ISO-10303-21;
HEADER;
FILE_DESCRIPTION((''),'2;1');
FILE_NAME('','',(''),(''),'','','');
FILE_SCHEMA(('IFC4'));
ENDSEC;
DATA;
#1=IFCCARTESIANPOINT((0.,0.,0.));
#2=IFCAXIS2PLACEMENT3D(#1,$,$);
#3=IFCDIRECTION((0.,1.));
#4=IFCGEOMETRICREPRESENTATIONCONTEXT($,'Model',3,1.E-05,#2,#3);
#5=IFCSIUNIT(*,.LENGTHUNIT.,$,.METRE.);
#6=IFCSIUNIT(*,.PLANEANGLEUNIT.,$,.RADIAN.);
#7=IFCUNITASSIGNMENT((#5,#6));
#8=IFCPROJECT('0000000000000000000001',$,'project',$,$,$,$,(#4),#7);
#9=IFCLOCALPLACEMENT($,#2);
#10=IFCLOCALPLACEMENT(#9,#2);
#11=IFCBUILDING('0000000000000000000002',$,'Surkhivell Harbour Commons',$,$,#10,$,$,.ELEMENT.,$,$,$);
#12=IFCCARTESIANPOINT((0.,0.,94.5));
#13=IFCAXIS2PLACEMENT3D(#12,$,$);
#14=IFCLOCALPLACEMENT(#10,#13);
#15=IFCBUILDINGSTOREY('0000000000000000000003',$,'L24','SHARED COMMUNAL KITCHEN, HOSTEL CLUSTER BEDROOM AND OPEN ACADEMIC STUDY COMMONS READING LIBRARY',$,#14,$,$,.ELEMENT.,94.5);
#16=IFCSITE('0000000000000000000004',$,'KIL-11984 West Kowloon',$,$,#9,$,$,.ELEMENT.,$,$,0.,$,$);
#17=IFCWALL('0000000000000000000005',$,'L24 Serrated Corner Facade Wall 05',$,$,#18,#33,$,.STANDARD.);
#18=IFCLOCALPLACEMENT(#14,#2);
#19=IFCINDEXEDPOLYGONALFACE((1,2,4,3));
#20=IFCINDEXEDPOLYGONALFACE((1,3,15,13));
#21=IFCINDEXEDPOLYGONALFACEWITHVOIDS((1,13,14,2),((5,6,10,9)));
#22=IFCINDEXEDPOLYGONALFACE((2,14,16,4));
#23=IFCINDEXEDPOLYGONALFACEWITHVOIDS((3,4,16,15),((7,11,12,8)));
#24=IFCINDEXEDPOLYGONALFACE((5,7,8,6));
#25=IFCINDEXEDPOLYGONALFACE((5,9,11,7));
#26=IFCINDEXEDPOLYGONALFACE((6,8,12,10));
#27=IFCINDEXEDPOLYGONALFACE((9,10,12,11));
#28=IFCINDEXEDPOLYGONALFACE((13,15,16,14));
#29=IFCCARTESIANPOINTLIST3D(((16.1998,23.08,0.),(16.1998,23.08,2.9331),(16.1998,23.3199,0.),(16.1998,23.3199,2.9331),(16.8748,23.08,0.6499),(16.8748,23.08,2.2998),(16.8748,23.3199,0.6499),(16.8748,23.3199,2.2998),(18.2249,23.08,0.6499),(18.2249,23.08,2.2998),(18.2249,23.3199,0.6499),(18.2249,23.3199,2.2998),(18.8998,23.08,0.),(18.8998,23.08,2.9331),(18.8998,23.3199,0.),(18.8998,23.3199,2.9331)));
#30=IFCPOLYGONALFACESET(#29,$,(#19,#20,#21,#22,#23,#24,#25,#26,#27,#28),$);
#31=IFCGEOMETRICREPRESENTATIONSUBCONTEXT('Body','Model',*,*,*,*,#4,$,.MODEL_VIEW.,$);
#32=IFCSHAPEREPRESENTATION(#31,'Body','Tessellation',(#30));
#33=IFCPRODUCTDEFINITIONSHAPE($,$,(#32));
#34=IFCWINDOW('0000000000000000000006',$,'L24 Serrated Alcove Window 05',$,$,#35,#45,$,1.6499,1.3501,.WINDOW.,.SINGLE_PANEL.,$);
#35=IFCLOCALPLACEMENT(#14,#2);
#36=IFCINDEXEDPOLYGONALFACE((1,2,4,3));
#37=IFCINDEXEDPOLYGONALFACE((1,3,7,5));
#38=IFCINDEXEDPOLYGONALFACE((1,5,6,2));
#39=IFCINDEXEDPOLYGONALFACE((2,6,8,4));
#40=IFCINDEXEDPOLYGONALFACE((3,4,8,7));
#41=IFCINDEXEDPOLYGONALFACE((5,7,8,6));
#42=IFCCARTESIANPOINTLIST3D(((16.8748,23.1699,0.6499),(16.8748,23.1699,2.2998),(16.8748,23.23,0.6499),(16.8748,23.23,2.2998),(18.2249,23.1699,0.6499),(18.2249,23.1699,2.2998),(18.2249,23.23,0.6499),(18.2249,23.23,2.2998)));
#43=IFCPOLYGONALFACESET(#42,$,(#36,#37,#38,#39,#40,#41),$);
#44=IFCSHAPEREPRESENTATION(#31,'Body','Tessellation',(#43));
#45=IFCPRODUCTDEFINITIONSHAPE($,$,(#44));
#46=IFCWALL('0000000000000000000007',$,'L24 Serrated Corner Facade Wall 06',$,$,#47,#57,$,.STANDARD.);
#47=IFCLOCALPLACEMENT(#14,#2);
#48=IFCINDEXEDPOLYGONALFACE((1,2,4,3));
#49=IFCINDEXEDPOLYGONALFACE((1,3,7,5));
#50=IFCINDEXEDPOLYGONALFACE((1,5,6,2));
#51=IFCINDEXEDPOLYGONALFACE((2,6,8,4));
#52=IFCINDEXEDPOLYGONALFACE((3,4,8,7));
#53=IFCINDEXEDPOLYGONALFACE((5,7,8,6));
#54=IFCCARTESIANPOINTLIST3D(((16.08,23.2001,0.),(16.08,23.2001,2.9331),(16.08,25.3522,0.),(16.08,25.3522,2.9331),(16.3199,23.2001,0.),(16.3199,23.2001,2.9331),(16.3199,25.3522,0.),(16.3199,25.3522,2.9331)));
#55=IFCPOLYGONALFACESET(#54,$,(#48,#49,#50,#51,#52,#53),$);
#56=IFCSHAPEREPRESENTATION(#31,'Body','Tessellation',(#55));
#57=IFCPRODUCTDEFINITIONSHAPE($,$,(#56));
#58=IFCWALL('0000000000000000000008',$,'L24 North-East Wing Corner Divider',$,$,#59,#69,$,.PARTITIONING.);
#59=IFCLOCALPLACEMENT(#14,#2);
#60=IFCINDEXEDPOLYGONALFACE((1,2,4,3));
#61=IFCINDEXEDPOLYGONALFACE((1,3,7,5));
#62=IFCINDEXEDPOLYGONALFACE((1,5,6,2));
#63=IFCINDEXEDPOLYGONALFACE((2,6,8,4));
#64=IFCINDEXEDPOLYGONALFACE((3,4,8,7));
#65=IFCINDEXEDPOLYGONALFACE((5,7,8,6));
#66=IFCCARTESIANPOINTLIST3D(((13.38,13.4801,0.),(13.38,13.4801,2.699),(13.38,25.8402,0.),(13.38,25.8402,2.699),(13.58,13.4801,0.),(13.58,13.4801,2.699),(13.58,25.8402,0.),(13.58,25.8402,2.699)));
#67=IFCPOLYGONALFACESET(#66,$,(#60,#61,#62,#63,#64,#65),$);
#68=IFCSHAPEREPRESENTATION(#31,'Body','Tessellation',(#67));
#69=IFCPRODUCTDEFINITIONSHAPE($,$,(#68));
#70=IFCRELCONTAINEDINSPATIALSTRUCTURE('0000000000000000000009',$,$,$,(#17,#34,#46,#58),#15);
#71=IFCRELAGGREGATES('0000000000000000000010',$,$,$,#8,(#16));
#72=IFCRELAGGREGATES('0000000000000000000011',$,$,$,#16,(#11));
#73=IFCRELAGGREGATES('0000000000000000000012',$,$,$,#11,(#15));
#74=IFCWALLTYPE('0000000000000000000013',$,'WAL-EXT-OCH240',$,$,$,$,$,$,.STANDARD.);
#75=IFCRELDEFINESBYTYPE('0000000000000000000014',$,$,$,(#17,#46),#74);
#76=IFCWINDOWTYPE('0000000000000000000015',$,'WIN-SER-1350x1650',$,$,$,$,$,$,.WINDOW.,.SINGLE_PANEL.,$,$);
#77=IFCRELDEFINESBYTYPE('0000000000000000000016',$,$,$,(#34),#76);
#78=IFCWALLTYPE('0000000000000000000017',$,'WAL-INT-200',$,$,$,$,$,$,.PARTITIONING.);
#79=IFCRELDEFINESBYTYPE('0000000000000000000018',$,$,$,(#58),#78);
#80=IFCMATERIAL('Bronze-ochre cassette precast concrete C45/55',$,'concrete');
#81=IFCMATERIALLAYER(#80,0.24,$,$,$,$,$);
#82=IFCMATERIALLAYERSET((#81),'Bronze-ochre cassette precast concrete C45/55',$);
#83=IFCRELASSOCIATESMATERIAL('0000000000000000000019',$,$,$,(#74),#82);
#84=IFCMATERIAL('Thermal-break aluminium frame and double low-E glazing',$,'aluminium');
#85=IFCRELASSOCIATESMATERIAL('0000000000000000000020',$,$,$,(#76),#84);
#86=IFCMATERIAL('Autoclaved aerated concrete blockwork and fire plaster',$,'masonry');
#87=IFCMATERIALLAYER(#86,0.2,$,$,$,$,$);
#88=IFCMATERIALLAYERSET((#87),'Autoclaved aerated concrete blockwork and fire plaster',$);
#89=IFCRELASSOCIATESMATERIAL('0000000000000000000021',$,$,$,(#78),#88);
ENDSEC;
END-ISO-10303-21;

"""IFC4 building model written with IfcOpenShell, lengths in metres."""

from ifc_helpers import new_model, si_unit, direction, frame, frame_2d, origin, place, context, subcontext, project, spatial, rectangle, extrude, material, layer, layer_set, type_object, element, fill, save


model = new_model("IFC4")

# Units and contexts
model_context = context("Model", 3, precision=1e-05, world=origin(), true_north=direction((0.0, 1.0)))
body_context = subcontext(model_context, "Body", "Model", "MODEL_VIEW")
ifc_project = project(units=[si_unit("LENGTHUNIT", "METRE"), si_unit("PLANEANGLEUNIT", "RADIAN")], contexts=[model_context])

# Site, building, storey
site_placement = place(None, origin())
site = spatial("IfcSite", under=ifc_project, at=site_placement, Name="KIL-11984 West Kowloon", CompositionType="ELEMENT", RefElevation=0.0)
building_placement = place(site_placement, origin())
building = spatial("IfcBuilding", under=site, at=building_placement, Name="Surkhivell Harbour Commons", CompositionType="ELEMENT")
storey_placement = place(building_placement, frame((0.0, 0.0, 94.5)))
storey = spatial("IfcBuildingStorey", under=building, at=storey_placement, Name="L24", Description="SHARED COMMUNAL KITCHEN, HOSTEL CLUSTER BEDROOM AND OPEN ACADEMIC STUDY COMMONS READING LIBRARY", CompositionType="ELEMENT", Elevation=94.5)

# Shared definitions
ifc_material_1 = material(Name="Bronze-ochre cassette precast concrete C45/55", Category="concrete")
ifc_layer_1 = layer(ifc_material_1, 0.24)
ifc_layer_set_1 = layer_set([ifc_layer_1], Name="Bronze-ochre cassette precast concrete C45/55")
wall_type_1 = type_object("IfcWallType", Name="WAL-EXT-OCH240", PredefinedType="STANDARD", material=ifc_layer_set_1)

# Wall, opening, window
wall_1_placement = place(storey_placement, frame((18.8999, 23.2, 0.0), z_axis=(0.0, 0.0, 1.0), x_axis=(-1.0, 0.0, 0.0)))
wall_1 = element("IfcWall", 1, at=wall_1_placement, inside=storey, type_object=wall_type_1, Name="L24 Serrated Corner Facade Wall 05", PredefinedType="STANDARD", context=body_context, shape_type="SweptSolid", body=[
    extrude(rectangle(XDim=2.7, YDim=0.24, at=frame_2d((1.3501, 0.0))), origin(), (0.0, 0.0, 1.0), 2.9331),
])
opening_placement = place(wall_1_placement, frame((0.675, 0.0, 0.6499)))
opening = element("IfcOpeningElement", 2, at=opening_placement, cuts=wall_1, PredefinedType="OPENING", context=body_context, shape_type="SweptSolid", body=[
    extrude(rectangle(XDim=1.3501, YDim=1.6499, at=frame_2d((0.675, 0.825))), frame((0.0, 0.1299, 0.0), z_axis=(0.0, -1.0, 0.0), x_axis=(1.0, 0.0, 0.0)), (0.0, 0.0, 1.0), 0.26),
])
ifc_material_2 = material(Name="Thermal-break aluminium frame and double low-E glazing", Category="aluminium")
window_type = type_object("IfcWindowType", Name="WIN-SER-1350x1650", PartitioningType="SINGLE_PANEL", PredefinedType="WINDOW", material=ifc_material_2)
window_placement = place(opening_placement, origin())
window = element("IfcWindow", 3, at=window_placement, inside=storey, type_object=window_type, Name="L24 Serrated Alcove Window 05", OverallHeight=1.6499, OverallWidth=1.3501, PartitioningType="SINGLE_PANEL", PredefinedType="WINDOW", context=body_context, shape_type="SweptSolid", body=[
    extrude(rectangle(XDim=1.3501, YDim=1.6499, at=frame_2d((0.675, 0.825))), frame((0.0, 0.03, 0.0), z_axis=(0.0, -1.0, 0.0), x_axis=(1.0, 0.0, 0.0)), (0.0, 0.0, 1.0), 0.0601),
])
fill(opening, window)

# Walls
wall_2_placement = place(storey_placement, frame((16.2, 23.2, 0.0), z_axis=(0.0, 0.0, 1.0), x_axis=(0.0, 1.0, 0.0)))
element("IfcWall", 4, at=wall_2_placement, inside=storey, type_object=wall_type_1, Name="L24 Serrated Corner Facade Wall 06", PredefinedType="STANDARD", context=body_context, shape_type="SweptSolid", body=[
    extrude(rectangle(XDim=2.1521, YDim=0.24, at=frame_2d((1.0762, 0.0))), origin(), (0.0, 0.0, 1.0), 2.9331),
])
ifc_material_3 = material(Name="Autoclaved aerated concrete blockwork and fire plaster", Category="masonry")
ifc_layer_2 = layer(ifc_material_3, 0.2)
ifc_layer_set_2 = layer_set([ifc_layer_2], Name="Autoclaved aerated concrete blockwork and fire plaster")
wall_type_2 = type_object("IfcWallType", Name="WAL-INT-200", PredefinedType="PARTITIONING", material=ifc_layer_set_2)
wall_3_placement = place(storey_placement, frame((13.48, 13.48, 0.0), z_axis=(0.0, 0.0, 1.0), x_axis=(0.0, 1.0, 0.0)))
element("IfcWall", 5, at=wall_3_placement, inside=storey, type_object=wall_type_2, Name="L24 North-East Wing Corner Divider", PredefinedType="PARTITIONING", context=body_context, shape_type="SweptSolid", body=[
    extrude(rectangle(XDim=12.3601, YDim=0.2, at=frame_2d((6.1802, 0.0))), origin(), (0.0, 0.0, 1.0), 2.699),
])

save(model, "model.ifc")
